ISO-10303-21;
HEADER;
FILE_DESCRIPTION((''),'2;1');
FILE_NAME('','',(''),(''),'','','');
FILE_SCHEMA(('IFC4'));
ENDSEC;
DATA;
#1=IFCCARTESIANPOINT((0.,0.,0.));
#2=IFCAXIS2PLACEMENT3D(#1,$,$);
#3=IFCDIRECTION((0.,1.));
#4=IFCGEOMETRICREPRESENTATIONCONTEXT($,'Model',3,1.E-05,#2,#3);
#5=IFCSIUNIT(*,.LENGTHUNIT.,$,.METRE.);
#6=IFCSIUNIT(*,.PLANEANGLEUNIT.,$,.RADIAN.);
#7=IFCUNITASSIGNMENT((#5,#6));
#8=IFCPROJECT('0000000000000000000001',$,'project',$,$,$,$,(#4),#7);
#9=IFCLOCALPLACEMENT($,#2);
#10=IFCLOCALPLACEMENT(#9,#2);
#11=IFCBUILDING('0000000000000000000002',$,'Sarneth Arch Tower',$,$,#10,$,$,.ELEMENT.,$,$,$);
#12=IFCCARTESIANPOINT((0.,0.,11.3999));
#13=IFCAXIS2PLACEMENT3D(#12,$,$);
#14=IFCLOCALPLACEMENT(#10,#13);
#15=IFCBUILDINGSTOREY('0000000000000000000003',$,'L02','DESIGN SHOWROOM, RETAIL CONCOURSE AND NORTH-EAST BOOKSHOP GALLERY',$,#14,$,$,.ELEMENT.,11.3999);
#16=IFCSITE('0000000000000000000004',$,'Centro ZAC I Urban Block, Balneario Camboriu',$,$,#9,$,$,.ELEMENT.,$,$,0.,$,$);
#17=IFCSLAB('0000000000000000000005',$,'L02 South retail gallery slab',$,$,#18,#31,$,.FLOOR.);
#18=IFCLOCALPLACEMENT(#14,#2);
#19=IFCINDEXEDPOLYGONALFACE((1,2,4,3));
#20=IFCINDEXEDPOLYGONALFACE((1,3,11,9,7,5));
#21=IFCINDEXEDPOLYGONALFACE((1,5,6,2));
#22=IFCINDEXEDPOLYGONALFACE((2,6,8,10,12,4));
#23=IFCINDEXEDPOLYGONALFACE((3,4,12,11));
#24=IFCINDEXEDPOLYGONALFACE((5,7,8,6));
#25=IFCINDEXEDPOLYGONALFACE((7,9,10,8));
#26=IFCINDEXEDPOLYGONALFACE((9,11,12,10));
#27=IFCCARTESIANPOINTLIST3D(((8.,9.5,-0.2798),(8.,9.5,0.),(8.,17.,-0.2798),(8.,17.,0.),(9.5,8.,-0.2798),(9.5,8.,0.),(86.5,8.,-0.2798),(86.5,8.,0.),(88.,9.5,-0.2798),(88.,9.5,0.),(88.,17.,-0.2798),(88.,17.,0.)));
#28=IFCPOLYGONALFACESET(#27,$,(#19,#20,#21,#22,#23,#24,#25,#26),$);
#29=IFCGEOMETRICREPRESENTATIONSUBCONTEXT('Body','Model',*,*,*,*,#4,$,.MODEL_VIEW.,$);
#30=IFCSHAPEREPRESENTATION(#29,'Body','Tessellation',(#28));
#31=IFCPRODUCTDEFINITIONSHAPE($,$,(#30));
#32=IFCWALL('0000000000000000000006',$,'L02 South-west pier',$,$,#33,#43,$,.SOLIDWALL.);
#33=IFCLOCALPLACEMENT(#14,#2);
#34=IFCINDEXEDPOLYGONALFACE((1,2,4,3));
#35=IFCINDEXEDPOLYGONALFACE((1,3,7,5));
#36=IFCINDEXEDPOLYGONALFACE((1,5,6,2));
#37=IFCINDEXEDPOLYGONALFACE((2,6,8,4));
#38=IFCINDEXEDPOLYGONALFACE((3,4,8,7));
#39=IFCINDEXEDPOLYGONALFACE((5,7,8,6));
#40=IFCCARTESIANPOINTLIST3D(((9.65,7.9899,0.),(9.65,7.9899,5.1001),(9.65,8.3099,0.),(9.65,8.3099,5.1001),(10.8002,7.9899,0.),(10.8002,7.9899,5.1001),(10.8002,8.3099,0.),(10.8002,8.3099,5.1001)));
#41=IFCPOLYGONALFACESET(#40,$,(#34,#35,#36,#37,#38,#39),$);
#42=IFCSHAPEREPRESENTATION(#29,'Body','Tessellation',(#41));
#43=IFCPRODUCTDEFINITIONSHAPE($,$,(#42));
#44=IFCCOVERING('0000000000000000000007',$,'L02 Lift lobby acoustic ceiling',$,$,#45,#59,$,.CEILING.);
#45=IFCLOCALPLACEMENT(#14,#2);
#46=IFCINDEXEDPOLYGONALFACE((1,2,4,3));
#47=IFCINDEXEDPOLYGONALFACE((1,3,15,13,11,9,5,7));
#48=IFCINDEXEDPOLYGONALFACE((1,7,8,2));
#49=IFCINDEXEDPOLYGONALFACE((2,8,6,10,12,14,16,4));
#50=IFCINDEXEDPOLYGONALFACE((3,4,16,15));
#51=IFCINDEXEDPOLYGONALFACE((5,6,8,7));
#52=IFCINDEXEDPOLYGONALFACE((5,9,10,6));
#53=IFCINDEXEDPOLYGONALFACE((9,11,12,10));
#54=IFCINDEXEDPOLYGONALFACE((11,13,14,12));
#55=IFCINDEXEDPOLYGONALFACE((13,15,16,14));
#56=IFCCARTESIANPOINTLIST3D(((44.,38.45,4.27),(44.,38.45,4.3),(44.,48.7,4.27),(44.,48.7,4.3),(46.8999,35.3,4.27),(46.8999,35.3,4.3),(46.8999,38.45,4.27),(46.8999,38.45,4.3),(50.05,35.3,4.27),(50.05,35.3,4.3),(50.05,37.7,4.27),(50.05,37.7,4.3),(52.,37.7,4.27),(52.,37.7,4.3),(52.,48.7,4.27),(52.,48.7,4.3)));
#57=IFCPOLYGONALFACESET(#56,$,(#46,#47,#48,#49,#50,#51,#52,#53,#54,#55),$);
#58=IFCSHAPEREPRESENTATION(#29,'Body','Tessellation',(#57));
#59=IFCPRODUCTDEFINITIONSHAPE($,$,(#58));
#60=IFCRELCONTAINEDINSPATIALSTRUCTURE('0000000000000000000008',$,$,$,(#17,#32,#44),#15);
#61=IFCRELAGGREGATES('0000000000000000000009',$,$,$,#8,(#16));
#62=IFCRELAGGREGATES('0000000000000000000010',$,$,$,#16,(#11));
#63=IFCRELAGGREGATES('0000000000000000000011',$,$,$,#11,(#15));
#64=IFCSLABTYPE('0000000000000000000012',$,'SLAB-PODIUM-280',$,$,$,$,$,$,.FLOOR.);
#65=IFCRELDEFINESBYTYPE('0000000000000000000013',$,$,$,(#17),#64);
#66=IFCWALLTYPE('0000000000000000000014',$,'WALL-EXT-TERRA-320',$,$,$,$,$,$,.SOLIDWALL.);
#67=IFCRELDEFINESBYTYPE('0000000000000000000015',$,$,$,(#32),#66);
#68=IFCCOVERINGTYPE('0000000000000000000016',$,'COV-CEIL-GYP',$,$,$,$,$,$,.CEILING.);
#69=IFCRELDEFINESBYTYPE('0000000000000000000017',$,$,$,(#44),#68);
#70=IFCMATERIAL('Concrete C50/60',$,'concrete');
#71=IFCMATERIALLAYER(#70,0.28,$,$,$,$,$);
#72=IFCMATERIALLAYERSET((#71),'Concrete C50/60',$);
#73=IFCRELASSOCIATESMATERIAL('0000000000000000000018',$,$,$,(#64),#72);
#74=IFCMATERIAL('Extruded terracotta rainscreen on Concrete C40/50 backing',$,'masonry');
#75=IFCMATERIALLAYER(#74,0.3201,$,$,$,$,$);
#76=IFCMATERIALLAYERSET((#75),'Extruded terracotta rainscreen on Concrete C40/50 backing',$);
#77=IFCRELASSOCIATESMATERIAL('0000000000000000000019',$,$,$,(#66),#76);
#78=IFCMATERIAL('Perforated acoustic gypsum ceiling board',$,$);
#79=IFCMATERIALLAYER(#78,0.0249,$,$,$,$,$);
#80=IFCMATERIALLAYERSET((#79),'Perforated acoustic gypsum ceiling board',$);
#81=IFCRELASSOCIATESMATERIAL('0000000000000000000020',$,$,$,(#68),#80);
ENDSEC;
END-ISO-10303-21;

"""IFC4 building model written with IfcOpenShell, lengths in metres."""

from ifc_helpers import new_model, si_unit, direction, frame, frame_2d, origin, place, context, subcontext, project, spatial, polyline, rectangle, outline, extrude, material, layer, layer_set, type_object, element, save


model = new_model("IFC4")

# Units and contexts
model_context = context("Model", 3, precision=1e-05, world=origin(), true_north=direction((0.0, 1.0)))
body_context = subcontext(model_context, "Body", "Model", "MODEL_VIEW")
ifc_project = project(units=[si_unit("LENGTHUNIT", "METRE"), si_unit("PLANEANGLEUNIT", "RADIAN")], contexts=[model_context])

# Site, building, storey
site_placement = place(None, origin())
site = spatial("IfcSite", under=ifc_project, at=site_placement, Name="Centro ZAC I Urban Block, Balneario Camboriu", CompositionType="ELEMENT", RefElevation=0.0)
building_placement = place(site_placement, origin())
building = spatial("IfcBuilding", under=site, at=building_placement, Name="Sarneth Arch Tower", CompositionType="ELEMENT")
storey_placement = place(building_placement, frame((0.0, 0.0, 11.3999)))
storey = spatial("IfcBuildingStorey", under=building, at=storey_placement, Name="L02", Description="DESIGN SHOWROOM, RETAIL CONCOURSE AND NORTH-EAST BOOKSHOP GALLERY", CompositionType="ELEMENT", Elevation=11.3999)

# Slab
ifc_material_1 = material(Name="Concrete C50/60", Category="concrete")
ifc_layer_1 = layer(ifc_material_1, 0.28)
ifc_layer_set_1 = layer_set([ifc_layer_1], Name="Concrete C50/60")
slab_type_1 = type_object("IfcSlabType", Name="SLAB-PODIUM-280", PredefinedType="FLOOR", material=ifc_layer_set_1)
slab_1_placement = place(storey_placement, frame((0.0, 0.0, -0.2798)))
element("IfcSlab", 1, at=slab_1_placement, inside=storey, type_object=slab_type_1, Name="L02 South retail gallery slab", PredefinedType="FLOOR", context=body_context, shape_type="SweptSolid", body=[
    extrude(outline(polyline([(9.5, 8.0), (86.5, 8.0), (88.0, 9.5), (88.0, 17.0), (8.0, 17.0), (8.0, 9.5), (9.5, 8.0)])), origin(), (0.0, 0.0, 1.0), 0.2798),
])

# Wall
ifc_material_2 = material(Name="Extruded terracotta rainscreen on Concrete C40/50 backing", Category="masonry")
ifc_layer_2 = layer(ifc_material_2, 0.3201)
ifc_layer_set_2 = layer_set([ifc_layer_2], Name="Extruded terracotta rainscreen on Concrete C40/50 backing")
wall_type = type_object("IfcWallType", Name="WALL-EXT-TERRA-320", PredefinedType="SOLIDWALL", material=ifc_layer_set_2)
wall_placement = place(storey_placement, frame((9.6499, 8.1499, 0.0), z_axis=(0.0, 0.0, 1.0), x_axis=(1.0, 0.0, 0.0)))
element("IfcWall", 2, at=wall_placement, inside=storey, type_object=wall_type, Name="L02 South-west pier", PredefinedType="SOLIDWALL", context=body_context, shape_type="SweptSolid", body=[
    extrude(rectangle(XDim=1.1501, YDim=0.3201, at=frame_2d((0.5752, 0.0))), origin(), (0.0, 0.0, 1.0), 5.1001),
])

# Covering
ifc_material_3 = material(Name="Perforated acoustic gypsum ceiling board")
ifc_layer_3 = layer(ifc_material_3, 0.0249)
ifc_layer_set_3 = layer_set([ifc_layer_3], Name="Perforated acoustic gypsum ceiling board")
covering_type = type_object("IfcCoveringType", Name="COV-CEIL-GYP", PredefinedType="CEILING", material=ifc_layer_set_3)
covering_placement = place(storey_placement, frame((0.0, 0.0, 4.27)))
element("IfcCovering", 3, at=covering_placement, inside=storey, type_object=covering_type, Name="L02 Lift lobby acoustic ceiling", PredefinedType="CEILING", context=body_context, shape_type="SweptSolid", body=[
    extrude(outline(polyline([(52.0, 37.7), (50.05, 37.7), (50.05, 35.3), (46.8999, 35.3), (46.8999, 38.45), (44.0, 38.45), (44.0, 48.7), (52.0, 48.7), (52.0, 37.7)])), origin(), (0.0, 0.0, 1.0), 0.03),
])

save(model, "model.ifc")
